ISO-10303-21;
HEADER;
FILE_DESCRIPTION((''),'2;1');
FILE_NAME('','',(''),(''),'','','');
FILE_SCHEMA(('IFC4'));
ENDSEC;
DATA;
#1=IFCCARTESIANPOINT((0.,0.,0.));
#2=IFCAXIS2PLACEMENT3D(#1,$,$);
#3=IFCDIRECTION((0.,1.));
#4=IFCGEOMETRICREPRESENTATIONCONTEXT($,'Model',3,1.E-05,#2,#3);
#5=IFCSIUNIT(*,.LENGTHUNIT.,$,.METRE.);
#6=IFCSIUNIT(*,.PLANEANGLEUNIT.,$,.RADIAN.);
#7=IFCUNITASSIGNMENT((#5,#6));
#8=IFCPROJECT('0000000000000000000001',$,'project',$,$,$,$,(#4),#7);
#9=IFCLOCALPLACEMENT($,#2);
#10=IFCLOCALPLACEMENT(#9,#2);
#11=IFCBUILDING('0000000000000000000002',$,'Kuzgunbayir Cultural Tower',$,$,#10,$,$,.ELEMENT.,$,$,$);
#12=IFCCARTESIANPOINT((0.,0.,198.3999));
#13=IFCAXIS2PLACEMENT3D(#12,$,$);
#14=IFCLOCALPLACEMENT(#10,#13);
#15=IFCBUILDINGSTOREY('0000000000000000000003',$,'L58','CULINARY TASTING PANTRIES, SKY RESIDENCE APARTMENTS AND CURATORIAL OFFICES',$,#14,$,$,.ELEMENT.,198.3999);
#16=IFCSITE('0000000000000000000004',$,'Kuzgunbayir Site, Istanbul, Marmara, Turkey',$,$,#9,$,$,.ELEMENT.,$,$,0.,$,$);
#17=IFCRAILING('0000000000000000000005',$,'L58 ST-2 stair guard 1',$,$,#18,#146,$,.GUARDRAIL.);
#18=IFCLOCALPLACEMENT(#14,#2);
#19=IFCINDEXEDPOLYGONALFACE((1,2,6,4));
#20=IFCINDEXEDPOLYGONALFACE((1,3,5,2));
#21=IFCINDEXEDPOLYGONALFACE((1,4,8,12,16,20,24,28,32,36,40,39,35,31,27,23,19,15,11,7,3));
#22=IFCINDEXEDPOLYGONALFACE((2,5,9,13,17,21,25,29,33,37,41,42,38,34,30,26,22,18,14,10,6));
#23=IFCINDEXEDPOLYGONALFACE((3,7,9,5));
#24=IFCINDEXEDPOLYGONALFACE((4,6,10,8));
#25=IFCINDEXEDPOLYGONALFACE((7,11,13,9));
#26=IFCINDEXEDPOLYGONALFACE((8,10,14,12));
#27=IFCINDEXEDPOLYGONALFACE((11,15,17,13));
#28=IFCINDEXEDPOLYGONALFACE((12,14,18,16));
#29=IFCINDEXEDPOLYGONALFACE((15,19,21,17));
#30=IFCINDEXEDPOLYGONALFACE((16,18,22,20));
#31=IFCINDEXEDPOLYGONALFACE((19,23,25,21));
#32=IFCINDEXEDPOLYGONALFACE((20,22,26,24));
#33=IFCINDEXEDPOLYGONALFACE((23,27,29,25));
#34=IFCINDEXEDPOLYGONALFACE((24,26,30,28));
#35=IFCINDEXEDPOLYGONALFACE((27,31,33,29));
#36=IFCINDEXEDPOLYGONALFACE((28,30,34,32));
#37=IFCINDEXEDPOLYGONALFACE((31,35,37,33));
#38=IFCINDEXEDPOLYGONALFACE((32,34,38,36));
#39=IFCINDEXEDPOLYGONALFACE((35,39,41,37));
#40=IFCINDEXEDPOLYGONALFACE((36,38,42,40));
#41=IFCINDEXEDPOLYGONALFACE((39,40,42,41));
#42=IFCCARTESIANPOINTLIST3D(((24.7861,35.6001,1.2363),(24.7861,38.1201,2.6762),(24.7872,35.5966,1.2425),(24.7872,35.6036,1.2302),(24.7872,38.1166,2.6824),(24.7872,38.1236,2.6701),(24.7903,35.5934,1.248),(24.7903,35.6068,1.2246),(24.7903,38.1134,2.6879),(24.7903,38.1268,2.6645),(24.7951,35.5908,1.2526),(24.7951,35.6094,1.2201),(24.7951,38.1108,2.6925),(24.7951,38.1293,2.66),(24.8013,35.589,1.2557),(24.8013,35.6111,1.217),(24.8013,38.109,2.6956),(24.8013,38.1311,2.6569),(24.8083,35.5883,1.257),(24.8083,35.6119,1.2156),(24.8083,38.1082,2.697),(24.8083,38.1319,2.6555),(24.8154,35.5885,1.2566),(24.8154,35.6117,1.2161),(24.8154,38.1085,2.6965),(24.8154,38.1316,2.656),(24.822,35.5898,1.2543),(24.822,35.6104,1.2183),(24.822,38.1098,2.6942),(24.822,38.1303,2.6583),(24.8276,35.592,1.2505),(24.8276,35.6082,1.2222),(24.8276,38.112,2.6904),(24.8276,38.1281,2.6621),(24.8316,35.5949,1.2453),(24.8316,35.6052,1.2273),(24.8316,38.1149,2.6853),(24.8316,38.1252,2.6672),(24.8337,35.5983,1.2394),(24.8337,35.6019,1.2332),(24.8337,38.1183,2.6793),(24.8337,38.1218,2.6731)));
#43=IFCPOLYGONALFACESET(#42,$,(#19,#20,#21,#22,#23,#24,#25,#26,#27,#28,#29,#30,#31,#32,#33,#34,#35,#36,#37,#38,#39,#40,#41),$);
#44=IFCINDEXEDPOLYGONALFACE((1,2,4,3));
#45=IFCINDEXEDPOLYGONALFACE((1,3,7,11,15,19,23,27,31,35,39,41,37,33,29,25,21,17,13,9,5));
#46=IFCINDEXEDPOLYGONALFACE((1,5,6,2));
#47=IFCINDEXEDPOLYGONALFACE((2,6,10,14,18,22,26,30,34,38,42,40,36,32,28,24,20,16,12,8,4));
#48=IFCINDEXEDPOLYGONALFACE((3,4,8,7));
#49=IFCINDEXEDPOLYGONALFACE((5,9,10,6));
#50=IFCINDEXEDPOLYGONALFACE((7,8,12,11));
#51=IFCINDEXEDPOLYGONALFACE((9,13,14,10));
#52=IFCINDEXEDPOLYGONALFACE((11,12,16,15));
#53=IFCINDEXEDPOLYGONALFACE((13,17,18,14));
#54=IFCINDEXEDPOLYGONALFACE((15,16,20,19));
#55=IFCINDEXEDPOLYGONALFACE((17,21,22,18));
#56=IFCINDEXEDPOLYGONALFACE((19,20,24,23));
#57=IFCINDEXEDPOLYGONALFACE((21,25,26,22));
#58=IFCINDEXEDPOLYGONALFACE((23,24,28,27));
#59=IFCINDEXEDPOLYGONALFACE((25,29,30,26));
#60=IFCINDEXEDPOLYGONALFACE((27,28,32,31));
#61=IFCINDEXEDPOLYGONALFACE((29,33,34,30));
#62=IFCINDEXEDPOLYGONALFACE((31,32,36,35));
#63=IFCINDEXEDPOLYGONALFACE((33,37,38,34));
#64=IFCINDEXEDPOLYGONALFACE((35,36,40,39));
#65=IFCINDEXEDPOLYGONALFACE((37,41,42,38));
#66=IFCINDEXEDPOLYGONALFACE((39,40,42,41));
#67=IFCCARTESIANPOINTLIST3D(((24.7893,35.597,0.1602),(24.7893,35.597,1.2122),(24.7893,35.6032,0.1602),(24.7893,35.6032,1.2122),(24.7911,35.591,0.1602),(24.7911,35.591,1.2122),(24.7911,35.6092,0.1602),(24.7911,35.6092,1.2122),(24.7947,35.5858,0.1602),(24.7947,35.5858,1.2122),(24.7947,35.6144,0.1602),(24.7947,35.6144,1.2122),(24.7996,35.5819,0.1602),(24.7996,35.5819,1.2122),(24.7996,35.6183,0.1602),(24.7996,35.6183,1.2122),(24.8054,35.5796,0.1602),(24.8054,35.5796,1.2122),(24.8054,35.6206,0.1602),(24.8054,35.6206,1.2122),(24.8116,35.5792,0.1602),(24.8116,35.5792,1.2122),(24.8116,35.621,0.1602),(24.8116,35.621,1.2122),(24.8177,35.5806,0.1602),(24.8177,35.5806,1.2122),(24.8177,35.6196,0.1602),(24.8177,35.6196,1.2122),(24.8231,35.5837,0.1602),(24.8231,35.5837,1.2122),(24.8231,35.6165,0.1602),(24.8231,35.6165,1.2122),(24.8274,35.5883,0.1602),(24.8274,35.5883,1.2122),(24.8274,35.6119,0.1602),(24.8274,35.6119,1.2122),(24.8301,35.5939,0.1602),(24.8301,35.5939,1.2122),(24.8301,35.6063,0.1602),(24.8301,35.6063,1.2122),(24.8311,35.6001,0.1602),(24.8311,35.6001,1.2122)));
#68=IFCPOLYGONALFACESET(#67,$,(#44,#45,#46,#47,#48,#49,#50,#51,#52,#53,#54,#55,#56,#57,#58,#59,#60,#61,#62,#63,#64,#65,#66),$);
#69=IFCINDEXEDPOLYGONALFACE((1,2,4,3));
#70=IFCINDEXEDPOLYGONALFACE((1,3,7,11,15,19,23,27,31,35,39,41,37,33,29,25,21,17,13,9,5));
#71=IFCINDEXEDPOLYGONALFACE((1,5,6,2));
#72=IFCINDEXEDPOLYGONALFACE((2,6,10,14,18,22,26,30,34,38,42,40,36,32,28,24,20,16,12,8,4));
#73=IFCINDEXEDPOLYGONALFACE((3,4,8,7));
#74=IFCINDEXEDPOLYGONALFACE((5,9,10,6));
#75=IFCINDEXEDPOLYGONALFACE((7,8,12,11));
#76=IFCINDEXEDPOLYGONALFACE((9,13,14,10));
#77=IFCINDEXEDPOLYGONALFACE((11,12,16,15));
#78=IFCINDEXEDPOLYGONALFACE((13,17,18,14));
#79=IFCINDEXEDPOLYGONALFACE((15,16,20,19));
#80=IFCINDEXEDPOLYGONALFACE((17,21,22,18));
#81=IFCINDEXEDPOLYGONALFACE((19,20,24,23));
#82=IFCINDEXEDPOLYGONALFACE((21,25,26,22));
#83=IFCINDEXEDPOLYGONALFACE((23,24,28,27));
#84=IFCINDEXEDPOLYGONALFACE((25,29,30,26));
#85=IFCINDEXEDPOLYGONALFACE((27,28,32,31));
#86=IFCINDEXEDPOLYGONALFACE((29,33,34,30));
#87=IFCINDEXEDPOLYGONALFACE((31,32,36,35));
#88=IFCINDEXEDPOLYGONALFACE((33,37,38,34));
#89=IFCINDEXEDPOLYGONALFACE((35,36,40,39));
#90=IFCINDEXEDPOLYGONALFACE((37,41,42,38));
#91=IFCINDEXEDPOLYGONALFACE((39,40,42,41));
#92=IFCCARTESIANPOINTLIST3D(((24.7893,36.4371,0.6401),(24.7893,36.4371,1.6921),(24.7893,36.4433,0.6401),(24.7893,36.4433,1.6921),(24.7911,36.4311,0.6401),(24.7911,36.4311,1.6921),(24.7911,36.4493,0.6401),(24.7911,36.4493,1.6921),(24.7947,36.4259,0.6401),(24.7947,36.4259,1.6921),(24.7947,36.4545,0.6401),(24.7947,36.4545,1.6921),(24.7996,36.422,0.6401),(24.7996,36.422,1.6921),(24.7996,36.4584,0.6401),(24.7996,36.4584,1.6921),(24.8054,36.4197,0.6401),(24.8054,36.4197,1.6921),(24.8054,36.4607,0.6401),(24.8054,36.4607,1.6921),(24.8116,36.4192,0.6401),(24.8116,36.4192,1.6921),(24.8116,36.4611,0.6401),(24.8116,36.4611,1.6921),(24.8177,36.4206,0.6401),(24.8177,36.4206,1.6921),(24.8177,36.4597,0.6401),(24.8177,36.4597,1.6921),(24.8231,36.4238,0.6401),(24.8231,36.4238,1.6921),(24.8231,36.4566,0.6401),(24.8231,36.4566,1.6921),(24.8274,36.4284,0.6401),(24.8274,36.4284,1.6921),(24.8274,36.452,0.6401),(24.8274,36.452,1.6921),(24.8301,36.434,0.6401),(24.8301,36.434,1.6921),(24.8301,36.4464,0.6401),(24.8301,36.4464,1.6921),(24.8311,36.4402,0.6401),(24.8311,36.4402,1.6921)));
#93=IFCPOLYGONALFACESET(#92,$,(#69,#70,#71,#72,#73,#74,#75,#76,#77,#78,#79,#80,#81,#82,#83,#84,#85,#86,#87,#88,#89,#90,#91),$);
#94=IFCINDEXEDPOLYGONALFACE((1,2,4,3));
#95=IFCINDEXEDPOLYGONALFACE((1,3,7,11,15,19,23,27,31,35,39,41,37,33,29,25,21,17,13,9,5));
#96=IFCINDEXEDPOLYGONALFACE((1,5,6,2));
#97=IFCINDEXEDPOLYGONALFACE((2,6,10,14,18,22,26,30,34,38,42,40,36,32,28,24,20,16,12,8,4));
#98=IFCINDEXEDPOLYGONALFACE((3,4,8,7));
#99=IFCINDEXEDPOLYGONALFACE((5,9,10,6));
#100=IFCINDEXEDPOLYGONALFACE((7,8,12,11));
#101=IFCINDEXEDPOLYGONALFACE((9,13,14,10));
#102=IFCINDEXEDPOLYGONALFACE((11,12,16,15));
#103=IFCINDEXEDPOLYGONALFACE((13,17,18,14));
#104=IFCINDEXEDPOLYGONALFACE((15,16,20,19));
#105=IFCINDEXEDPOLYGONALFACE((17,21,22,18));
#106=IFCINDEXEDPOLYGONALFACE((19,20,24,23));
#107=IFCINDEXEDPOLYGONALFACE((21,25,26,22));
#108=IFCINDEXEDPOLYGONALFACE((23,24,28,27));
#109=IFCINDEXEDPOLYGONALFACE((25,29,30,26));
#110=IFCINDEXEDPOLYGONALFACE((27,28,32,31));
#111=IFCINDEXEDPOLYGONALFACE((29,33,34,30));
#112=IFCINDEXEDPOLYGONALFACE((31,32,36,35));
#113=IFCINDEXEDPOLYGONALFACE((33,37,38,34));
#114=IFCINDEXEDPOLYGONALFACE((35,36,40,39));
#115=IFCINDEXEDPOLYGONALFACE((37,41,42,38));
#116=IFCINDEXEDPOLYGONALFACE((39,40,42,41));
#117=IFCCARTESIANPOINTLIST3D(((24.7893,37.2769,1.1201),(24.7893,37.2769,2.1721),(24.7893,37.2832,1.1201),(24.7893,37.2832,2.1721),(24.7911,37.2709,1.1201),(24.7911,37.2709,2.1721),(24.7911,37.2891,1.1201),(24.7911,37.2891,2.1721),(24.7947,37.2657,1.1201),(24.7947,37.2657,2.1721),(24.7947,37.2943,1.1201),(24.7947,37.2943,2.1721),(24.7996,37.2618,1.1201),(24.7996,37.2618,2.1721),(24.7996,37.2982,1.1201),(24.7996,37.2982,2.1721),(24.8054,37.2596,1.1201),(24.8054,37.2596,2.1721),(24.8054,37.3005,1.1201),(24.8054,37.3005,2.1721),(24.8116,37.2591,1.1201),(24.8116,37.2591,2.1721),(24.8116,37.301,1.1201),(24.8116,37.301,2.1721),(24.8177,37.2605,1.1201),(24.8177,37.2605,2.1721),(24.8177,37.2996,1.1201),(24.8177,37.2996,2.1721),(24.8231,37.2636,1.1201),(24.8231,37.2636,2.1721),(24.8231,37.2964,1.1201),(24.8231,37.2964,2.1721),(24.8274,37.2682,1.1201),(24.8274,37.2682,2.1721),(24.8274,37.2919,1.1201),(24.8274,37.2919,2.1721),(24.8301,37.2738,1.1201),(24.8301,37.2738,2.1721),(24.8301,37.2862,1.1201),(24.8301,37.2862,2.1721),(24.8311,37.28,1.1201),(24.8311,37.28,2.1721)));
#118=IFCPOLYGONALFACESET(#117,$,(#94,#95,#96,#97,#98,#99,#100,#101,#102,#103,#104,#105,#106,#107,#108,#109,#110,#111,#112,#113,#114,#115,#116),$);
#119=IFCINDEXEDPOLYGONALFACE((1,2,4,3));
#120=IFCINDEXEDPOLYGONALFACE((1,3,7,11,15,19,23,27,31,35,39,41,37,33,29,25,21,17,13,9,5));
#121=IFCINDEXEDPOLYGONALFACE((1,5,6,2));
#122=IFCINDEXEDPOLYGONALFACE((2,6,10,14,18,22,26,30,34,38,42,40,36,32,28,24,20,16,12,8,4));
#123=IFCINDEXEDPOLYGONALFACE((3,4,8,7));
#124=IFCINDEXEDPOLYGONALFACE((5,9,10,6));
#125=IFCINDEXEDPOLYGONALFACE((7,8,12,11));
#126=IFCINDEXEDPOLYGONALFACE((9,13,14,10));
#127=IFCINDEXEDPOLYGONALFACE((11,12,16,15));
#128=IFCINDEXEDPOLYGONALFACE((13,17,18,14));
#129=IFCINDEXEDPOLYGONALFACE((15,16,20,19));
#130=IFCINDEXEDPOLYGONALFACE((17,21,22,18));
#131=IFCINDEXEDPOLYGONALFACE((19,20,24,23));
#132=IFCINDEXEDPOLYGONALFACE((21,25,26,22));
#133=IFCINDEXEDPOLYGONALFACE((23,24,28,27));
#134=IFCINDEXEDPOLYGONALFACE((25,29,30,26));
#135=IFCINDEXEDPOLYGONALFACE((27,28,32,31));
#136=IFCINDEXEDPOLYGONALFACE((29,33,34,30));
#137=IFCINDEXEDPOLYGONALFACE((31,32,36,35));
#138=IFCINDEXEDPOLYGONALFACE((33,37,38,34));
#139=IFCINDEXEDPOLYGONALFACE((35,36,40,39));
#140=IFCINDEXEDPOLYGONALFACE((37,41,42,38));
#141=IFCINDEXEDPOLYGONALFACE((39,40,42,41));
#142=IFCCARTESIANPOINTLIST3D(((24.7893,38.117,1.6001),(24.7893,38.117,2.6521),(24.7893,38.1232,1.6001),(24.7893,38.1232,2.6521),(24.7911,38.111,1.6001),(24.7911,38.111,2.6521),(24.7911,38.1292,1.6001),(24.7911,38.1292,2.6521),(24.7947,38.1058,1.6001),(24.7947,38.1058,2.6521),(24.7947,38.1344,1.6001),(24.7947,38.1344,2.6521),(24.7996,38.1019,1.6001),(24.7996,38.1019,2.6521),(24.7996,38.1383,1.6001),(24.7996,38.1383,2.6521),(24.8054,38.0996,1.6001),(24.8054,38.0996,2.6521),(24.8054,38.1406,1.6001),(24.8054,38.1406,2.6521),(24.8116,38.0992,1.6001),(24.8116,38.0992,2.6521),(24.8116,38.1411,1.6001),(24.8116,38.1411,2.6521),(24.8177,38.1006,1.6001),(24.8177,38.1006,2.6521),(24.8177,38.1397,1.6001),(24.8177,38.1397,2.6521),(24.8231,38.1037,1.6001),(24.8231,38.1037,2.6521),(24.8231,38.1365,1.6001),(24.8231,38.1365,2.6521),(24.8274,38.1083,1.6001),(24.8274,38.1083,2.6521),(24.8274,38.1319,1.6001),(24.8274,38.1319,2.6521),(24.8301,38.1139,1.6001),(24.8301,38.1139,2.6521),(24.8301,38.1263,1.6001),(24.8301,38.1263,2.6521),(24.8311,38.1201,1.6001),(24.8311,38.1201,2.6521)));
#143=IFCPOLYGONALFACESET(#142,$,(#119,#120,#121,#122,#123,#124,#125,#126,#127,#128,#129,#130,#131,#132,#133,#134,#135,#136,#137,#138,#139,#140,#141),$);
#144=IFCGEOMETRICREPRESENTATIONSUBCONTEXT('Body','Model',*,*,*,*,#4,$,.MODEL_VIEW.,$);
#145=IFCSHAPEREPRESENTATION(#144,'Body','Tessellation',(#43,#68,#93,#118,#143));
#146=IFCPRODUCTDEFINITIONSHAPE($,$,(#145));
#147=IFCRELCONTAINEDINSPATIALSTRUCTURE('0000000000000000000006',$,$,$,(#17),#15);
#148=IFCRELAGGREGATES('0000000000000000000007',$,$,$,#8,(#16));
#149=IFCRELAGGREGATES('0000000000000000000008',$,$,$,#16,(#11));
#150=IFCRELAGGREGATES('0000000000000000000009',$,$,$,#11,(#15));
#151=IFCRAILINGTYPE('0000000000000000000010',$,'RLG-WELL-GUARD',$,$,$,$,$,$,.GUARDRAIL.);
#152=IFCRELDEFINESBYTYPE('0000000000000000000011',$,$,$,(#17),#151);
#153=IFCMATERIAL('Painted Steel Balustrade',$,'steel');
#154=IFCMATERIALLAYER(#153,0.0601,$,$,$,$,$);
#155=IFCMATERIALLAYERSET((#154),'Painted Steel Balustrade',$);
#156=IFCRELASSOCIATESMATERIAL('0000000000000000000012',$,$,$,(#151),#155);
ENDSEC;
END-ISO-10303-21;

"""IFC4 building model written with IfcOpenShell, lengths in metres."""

from ifc_helpers import new_model, si_unit, direction, frame, origin, origin_2d, place, context, subcontext, project, spatial, circle, extrude, material, layer, layer_set, type_object, element, save


model = new_model("IFC4")

# Units and contexts
model_context = context("Model", 3, precision=1e-05, world=origin(), true_north=direction((0.0, 1.0)))
body_context = subcontext(model_context, "Body", "Model", "MODEL_VIEW")
ifc_project = project(units=[si_unit("LENGTHUNIT", "METRE"), si_unit("PLANEANGLEUNIT", "RADIAN")], contexts=[model_context])

# Site, building, storey
site_placement = place(None, origin())
site = spatial("IfcSite", under=ifc_project, at=site_placement, Name="Kuzgunbayir Site, Istanbul, Marmara, Turkey", CompositionType="ELEMENT", RefElevation=0.0)
building_placement = place(site_placement, origin())
building = spatial("IfcBuilding", under=site, at=building_placement, Name="Kuzgunbayir Cultural Tower", CompositionType="ELEMENT")
storey_placement = place(building_placement, frame((0.0, 0.0, 198.3999)))
storey = spatial("IfcBuildingStorey", under=building, at=storey_placement, Name="L58", Description="CULINARY TASTING PANTRIES, SKY RESIDENCE APARTMENTS AND CURATORIAL OFFICES", CompositionType="ELEMENT", Elevation=198.3999)

# Railing
ifc_material_1 = material(Name="Painted Steel Balustrade", Category="steel")
ifc_layer_1 = layer(ifc_material_1, 0.0601)
ifc_layer_set_1 = layer_set([ifc_layer_1], Name="Painted Steel Balustrade")
railing_type_1 = type_object("IfcRailingType", Name="RLG-WELL-GUARD", PredefinedType="GUARDRAIL", material=ifc_layer_set_1)
railing_1_placement = place(storey_placement, frame((24.8101, 35.6001, 0.1602)))
element("IfcRailing", 1, at=railing_1_placement, inside=storey, type_object=railing_type_1, Name="L58 ST-2 stair guard 1", PredefinedType="GUARDRAIL", context=body_context, shape_type="SweptSolid", body=[
    extrude(circle(Radius=0.0239, at=origin_2d()), frame((0.0, 0.0, 1.0762), z_axis=(0.0, 0.868253, 0.496121), x_axis=(-1.0, 0.0, 0.0)), (0.0, 0.0, 1.0), 2.9023),
    extrude(circle(Radius=0.021, at=origin_2d()), origin(), (0.0, 0.0, 1.0), 1.052),
    extrude(circle(Radius=0.021, at=origin_2d()), frame((0.0, 0.8401, 0.48)), (0.0, 0.0, 1.0), 1.052),
    extrude(circle(Radius=0.021, at=origin_2d()), frame((0.0, 1.6799, 0.96)), (0.0, 0.0, 1.0), 1.052),
    extrude(circle(Radius=0.021, at=origin_2d()), frame((0.0, 2.52, 1.4399)), (0.0, 0.0, 1.0), 1.052),
])

save(model, "model.ifc")
